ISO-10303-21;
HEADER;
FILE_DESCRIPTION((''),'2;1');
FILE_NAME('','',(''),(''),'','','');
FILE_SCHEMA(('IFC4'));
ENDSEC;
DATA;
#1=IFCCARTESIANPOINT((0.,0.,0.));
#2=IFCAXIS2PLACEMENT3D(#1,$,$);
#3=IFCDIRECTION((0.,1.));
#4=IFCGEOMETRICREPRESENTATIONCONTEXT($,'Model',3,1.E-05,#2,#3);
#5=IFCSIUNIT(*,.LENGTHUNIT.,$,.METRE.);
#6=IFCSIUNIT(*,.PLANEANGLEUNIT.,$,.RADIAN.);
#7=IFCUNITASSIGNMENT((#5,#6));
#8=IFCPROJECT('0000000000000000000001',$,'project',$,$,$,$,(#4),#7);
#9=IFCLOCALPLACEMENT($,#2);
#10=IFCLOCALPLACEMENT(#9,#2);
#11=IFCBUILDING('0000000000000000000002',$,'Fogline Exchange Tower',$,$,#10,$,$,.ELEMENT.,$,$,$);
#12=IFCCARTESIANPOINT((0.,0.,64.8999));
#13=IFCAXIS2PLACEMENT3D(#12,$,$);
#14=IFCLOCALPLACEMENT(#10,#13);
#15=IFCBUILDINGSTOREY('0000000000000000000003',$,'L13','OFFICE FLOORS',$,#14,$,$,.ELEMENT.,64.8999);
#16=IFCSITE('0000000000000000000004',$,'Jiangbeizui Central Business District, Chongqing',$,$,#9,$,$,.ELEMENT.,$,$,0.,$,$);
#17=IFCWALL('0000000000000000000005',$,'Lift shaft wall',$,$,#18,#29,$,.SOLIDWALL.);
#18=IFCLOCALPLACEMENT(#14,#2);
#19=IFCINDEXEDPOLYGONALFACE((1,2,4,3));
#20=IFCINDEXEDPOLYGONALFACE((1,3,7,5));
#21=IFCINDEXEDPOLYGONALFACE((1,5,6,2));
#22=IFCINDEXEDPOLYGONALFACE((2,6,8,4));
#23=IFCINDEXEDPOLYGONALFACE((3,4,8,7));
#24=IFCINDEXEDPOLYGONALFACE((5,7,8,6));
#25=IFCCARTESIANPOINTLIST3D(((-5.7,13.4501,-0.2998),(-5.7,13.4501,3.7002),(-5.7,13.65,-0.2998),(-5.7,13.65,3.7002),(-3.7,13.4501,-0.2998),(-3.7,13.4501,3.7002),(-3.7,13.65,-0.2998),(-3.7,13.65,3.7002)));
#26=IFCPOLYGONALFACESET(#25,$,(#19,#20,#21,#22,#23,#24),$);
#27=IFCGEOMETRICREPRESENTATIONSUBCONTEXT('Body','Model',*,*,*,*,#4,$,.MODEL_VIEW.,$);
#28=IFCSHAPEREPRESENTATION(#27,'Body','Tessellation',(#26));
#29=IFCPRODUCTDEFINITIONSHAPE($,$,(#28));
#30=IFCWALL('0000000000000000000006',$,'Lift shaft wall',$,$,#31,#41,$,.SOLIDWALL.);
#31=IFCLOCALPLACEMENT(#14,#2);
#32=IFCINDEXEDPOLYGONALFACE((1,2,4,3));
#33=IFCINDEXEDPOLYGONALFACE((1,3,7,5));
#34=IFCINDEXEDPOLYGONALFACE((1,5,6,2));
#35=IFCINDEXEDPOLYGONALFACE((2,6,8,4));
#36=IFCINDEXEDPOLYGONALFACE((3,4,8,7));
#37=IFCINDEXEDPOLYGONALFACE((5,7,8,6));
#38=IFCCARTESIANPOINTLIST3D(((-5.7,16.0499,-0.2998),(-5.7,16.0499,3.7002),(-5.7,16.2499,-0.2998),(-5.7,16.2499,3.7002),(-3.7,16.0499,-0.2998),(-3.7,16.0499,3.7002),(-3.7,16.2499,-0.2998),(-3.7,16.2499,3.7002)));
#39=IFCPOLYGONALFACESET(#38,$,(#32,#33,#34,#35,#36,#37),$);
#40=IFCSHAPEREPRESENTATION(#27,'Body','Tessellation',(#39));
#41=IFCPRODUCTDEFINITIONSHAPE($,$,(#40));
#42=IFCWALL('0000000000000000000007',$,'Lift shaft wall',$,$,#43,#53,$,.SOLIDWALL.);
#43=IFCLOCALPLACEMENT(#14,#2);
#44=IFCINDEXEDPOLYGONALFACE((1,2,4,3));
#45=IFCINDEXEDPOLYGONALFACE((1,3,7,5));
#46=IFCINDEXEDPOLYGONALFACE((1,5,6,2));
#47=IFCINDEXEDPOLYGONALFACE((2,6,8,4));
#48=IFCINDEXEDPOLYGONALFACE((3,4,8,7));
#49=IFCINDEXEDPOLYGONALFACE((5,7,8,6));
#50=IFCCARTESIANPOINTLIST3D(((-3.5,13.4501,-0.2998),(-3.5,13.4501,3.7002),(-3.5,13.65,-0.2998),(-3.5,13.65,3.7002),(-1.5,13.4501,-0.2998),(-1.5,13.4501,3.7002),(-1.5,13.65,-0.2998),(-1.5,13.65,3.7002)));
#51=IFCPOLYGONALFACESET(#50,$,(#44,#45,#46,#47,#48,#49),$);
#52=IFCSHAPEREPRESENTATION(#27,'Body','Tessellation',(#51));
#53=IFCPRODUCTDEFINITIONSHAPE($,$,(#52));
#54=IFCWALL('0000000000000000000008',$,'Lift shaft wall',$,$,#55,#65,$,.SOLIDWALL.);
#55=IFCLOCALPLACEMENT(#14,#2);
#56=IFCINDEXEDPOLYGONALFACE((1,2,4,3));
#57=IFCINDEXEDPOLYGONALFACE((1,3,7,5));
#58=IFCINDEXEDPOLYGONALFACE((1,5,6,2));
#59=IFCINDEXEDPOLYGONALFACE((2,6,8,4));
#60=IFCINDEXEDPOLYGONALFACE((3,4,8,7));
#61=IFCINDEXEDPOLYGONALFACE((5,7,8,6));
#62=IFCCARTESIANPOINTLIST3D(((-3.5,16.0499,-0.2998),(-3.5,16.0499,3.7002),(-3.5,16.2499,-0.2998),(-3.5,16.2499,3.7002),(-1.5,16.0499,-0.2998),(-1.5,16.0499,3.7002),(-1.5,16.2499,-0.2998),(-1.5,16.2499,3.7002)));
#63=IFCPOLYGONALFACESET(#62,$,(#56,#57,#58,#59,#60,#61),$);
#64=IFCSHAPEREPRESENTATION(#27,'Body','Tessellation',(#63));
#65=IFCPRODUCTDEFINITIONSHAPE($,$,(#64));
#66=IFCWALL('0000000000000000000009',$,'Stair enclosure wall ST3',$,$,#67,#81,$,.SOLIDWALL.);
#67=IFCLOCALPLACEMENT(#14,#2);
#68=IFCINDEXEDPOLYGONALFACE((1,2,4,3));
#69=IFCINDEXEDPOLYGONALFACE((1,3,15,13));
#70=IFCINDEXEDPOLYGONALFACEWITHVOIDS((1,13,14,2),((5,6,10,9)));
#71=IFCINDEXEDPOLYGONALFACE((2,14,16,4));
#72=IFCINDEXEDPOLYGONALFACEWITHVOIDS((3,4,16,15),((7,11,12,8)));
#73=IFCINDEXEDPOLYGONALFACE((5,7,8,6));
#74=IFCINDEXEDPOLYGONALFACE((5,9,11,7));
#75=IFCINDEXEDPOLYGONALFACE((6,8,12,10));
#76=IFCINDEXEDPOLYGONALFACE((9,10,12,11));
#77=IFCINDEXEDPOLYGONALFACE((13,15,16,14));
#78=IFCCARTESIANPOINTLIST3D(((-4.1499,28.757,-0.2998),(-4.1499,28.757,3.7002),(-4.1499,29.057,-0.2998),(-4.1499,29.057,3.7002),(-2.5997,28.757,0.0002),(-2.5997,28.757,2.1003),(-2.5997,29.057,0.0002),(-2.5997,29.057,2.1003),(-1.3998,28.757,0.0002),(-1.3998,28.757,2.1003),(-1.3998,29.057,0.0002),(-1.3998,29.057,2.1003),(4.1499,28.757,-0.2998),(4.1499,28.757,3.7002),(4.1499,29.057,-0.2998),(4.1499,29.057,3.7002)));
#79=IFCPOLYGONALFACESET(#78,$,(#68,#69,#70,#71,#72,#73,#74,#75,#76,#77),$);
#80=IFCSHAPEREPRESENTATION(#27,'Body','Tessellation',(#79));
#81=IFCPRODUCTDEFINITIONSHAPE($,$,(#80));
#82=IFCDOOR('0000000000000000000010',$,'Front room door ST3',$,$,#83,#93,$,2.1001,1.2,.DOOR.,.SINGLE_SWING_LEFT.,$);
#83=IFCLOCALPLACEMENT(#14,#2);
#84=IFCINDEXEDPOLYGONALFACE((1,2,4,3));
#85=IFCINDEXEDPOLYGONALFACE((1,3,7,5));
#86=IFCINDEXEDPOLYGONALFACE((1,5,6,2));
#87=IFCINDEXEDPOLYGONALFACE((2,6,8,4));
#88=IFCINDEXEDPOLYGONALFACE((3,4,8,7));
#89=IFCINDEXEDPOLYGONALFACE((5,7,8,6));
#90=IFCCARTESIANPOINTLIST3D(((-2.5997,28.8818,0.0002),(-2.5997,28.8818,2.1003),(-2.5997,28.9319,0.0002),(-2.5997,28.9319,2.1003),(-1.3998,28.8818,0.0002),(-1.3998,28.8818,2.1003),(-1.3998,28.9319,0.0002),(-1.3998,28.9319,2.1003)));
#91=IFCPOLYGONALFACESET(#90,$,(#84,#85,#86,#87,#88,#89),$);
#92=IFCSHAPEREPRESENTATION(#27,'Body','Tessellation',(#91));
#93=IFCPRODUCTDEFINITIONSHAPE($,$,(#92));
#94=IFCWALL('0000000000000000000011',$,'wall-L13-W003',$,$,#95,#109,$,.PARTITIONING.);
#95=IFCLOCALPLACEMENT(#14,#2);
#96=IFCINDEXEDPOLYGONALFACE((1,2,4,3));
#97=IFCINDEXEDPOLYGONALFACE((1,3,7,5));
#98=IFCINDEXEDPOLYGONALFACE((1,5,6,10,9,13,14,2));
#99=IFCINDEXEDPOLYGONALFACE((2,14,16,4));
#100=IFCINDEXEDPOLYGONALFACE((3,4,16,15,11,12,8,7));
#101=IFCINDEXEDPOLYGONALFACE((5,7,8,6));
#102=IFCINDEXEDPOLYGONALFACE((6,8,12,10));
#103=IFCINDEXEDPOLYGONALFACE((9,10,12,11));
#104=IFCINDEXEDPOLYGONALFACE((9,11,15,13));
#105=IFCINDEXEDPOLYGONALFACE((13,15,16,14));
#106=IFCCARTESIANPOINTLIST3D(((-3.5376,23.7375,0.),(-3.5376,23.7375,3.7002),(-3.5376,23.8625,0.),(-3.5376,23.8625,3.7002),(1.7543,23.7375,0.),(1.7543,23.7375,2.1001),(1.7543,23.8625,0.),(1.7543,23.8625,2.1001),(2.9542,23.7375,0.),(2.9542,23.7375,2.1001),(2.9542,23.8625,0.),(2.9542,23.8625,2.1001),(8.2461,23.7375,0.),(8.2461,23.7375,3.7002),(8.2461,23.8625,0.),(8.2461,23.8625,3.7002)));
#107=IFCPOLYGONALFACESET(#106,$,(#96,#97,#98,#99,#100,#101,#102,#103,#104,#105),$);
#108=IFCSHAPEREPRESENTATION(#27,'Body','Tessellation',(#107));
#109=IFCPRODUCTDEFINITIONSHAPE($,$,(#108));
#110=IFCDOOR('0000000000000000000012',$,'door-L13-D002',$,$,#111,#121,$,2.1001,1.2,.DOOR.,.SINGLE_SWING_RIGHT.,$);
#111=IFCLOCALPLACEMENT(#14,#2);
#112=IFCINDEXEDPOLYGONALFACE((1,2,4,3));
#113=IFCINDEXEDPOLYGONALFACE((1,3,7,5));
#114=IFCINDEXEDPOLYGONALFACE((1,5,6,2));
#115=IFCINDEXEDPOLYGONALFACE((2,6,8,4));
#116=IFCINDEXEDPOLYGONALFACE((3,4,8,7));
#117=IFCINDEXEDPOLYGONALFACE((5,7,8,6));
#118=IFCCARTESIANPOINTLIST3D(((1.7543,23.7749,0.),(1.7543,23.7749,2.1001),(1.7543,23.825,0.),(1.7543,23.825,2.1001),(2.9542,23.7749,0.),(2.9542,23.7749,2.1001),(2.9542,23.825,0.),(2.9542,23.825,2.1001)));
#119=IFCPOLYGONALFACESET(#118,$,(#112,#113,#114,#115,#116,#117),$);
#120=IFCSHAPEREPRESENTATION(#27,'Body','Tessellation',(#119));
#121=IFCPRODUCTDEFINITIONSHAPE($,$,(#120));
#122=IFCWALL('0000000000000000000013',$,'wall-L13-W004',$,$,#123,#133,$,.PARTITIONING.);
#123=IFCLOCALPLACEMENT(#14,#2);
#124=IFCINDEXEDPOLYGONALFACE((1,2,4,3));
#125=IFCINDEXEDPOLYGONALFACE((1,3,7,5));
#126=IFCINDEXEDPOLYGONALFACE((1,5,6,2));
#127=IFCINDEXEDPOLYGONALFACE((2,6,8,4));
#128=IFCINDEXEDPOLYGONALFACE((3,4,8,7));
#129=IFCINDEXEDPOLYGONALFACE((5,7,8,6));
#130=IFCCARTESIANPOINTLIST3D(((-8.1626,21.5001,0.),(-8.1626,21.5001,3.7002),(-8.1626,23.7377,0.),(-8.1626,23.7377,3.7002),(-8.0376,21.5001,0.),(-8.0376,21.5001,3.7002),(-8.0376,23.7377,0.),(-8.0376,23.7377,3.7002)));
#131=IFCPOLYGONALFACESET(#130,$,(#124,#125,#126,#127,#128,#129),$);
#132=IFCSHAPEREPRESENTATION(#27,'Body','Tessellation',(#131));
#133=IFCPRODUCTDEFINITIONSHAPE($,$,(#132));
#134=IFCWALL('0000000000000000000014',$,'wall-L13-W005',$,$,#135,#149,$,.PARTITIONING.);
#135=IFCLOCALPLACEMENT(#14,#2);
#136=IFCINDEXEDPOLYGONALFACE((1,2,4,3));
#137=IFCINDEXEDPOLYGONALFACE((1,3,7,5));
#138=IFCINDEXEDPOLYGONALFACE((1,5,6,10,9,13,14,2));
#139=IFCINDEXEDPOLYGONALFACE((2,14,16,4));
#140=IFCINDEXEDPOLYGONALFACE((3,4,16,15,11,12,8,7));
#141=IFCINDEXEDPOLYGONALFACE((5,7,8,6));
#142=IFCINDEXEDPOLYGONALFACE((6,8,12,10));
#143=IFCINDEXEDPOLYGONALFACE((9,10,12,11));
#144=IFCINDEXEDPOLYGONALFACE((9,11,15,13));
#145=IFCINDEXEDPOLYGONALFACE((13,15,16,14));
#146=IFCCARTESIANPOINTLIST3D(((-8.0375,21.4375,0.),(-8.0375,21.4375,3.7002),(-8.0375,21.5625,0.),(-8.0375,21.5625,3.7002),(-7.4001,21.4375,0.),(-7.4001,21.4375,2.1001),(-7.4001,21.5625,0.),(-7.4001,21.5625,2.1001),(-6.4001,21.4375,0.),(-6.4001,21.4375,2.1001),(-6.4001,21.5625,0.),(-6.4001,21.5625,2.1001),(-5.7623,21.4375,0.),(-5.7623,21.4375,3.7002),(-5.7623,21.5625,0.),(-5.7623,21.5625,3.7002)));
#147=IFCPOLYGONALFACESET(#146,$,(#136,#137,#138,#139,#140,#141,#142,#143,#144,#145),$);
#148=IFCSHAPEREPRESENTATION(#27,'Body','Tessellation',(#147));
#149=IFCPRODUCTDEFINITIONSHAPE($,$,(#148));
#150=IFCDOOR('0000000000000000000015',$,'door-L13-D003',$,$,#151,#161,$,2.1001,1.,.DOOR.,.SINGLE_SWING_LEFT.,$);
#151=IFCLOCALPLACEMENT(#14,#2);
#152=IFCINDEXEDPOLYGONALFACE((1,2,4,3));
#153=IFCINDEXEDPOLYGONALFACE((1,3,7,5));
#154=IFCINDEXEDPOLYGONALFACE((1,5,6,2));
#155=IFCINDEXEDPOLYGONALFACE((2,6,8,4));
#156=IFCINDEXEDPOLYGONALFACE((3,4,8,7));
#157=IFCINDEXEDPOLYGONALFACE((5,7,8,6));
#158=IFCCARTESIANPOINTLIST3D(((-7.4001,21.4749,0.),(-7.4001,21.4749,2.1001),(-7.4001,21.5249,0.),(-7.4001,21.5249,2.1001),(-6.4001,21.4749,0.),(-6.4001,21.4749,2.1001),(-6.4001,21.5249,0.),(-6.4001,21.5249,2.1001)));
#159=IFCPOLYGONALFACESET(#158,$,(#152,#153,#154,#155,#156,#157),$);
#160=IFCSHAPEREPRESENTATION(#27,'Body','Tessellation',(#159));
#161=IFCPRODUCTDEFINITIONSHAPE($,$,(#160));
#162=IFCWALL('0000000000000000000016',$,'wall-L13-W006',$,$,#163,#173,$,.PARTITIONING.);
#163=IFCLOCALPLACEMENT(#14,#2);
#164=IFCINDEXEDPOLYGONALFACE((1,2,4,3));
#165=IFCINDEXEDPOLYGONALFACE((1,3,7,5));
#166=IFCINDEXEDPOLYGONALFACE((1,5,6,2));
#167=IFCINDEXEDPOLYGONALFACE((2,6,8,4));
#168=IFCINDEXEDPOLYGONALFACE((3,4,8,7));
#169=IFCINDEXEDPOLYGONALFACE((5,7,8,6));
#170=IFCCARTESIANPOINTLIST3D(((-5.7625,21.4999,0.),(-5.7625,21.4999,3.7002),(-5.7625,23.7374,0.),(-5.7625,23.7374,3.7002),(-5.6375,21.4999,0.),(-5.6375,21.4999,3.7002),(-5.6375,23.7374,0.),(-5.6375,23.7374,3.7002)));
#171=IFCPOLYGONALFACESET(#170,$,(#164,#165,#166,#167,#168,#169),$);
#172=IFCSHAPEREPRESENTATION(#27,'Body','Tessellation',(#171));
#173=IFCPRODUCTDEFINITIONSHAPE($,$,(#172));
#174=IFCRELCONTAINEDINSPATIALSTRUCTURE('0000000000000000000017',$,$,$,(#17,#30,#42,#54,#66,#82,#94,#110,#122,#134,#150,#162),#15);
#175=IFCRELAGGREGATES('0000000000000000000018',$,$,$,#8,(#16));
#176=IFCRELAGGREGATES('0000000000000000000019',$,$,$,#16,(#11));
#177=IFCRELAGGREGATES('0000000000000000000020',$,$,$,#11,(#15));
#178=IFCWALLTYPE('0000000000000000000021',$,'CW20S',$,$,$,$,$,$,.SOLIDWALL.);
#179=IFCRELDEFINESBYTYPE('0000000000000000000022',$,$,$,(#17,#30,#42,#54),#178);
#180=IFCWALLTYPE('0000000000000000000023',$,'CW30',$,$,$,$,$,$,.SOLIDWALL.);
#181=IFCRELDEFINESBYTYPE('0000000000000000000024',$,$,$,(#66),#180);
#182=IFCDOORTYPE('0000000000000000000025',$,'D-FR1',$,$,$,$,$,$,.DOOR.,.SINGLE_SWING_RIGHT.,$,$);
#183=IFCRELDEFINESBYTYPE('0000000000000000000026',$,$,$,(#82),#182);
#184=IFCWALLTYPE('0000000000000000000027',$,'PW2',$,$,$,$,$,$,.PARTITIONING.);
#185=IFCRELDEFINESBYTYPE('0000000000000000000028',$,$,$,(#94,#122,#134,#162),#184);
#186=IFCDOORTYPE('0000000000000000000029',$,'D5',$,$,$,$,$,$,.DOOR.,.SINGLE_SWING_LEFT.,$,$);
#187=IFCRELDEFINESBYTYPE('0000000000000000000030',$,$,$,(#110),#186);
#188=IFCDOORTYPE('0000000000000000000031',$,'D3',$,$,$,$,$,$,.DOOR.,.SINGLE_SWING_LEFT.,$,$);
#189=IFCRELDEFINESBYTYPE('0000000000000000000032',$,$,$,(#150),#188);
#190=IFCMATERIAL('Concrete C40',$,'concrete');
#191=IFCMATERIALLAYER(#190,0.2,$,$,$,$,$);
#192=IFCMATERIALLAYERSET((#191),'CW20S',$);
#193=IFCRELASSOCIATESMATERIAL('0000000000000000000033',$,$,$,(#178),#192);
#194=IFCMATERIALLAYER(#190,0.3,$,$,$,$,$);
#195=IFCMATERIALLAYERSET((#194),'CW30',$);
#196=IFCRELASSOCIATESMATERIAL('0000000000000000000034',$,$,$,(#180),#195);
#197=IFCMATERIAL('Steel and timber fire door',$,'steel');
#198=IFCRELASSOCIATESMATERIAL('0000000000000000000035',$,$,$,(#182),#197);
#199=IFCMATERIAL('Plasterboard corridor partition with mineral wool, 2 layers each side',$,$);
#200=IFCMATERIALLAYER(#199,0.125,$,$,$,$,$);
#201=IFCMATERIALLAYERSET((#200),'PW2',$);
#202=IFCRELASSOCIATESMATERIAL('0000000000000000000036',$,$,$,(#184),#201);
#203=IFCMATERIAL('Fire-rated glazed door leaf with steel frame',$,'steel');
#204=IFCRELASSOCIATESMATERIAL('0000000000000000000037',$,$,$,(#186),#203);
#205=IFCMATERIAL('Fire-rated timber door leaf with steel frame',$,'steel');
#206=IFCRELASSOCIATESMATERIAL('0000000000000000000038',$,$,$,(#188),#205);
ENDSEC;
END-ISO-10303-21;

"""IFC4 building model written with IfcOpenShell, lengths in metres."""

from ifc_helpers import new_model, si_unit, direction, frame, frame_2d, origin, place, context, subcontext, project, spatial, rectangle, extrude, material, layer, layer_set, type_object, element, fill, save


model = new_model("IFC4")

# Units and contexts
model_context = context("Model", 3, precision=1e-05, world=origin(), true_north=direction((0.0, 1.0)))
body_context = subcontext(model_context, "Body", "Model", "MODEL_VIEW")
ifc_project = project(units=[si_unit("LENGTHUNIT", "METRE"), si_unit("PLANEANGLEUNIT", "RADIAN")], contexts=[model_context])

# Site, building, storey
site_placement = place(None, origin())
site = spatial("IfcSite", under=ifc_project, at=site_placement, Name="Jiangbeizui Central Business District, Chongqing", CompositionType="ELEMENT", RefElevation=0.0)
building_placement = place(site_placement, origin())
building = spatial("IfcBuilding", under=site, at=building_placement, Name="Fogline Exchange Tower", CompositionType="ELEMENT")
storey_placement = place(building_placement, frame((0.0, 0.0, 64.8999)))
storey = spatial("IfcBuildingStorey", under=building, at=storey_placement, Name="L13", Description="OFFICE FLOORS", CompositionType="ELEMENT", Elevation=64.8999)

# Shared definitions
ifc_material_1 = material(Name="Concrete C40", Category="concrete")

# Walls
ifc_layer_1 = layer(ifc_material_1, 0.2)
ifc_layer_set_1 = layer_set([ifc_layer_1], Name="CW20S")
wall_type_1 = type_object("IfcWallType", Name="CW20S", PredefinedType="SOLIDWALL", material=ifc_layer_set_1)
for number, where, z_axis, x_axis, name in (
    (1, (-5.7, 13.55, -0.2998), (0.0, 0.0, 1.0), (1.0, 0.0, 0.0), "Lift shaft wall"),
    (2, (-5.7, 16.1499, -0.2998), (0.0, 0.0, 1.0), (1.0, 0.0, 0.0), "Lift shaft wall"),
    (3, (-3.5, 13.55, -0.2998), (0.0, 0.0, 1.0), (1.0, 0.0, 0.0), "Lift shaft wall"),
    (4, (-3.5, 16.1499, -0.2998), (0.0, 0.0, 1.0), (1.0, 0.0, 0.0), "Lift shaft wall"),
):
    element("IfcWall", number, at=place(storey_placement, frame(where, z_axis=z_axis, x_axis=x_axis)), inside=storey, type_object=wall_type_1, Name=name, PredefinedType="SOLIDWALL", context=body_context, shape_type="SweptSolid", body=[
        extrude(rectangle(XDim=2.0, YDim=0.2, at=frame_2d((1.0, 0.0))), origin(), (0.0, 0.0, 1.0), 4.0),
    ])

# Walls, openings, doors
ifc_layer_2 = layer(ifc_material_1, 0.3)
ifc_layer_set_2 = layer_set([ifc_layer_2], Name="CW30")
wall_type_2 = type_object("IfcWallType", Name="CW30", PredefinedType="SOLIDWALL", material=ifc_layer_set_2)
wall_1_placement = place(storey_placement, frame((-4.1499, 28.907, -0.2998), z_axis=(0.0, 0.0, 1.0), x_axis=(1.0, 0.0, 0.0)))
wall_1 = element("IfcWall", 5, at=wall_1_placement, inside=storey, type_object=wall_type_2, Name="Stair enclosure wall ST3", PredefinedType="SOLIDWALL", context=body_context, shape_type="SweptSolid", body=[
    extrude(rectangle(XDim=8.2998, YDim=0.3, at=frame_2d((4.1499, 0.0))), origin(), (0.0, 0.0, 1.0), 4.0),
])
opening_1_placement = place(wall_1_placement, frame((1.55, 0.0, 0.3)))
opening_1 = element("IfcOpeningElement", 6, at=opening_1_placement, cuts=wall_1, PredefinedType="OPENING", context=body_context, shape_type="SweptSolid", body=[
    extrude(rectangle(XDim=1.2, YDim=2.1001, at=frame_2d((0.6001, 1.05))), frame((0.0, 0.1602, 0.0), z_axis=(0.0, -1.0, 0.0), x_axis=(1.0, 0.0, 0.0)), (0.0, 0.0, 1.0), 0.3201),
])
ifc_material_2 = material(Name="Steel and timber fire door", Category="steel")
door_type_1 = type_object("IfcDoorType", Name="D-FR1", OperationType="SINGLE_SWING_RIGHT", PredefinedType="DOOR", material=ifc_material_2)
door_1_placement = place(opening_1_placement, origin())
door_1 = element("IfcDoor", 7, at=door_1_placement, inside=storey, type_object=door_type_1, Name="Front room door ST3", OperationType="SINGLE_SWING_LEFT", OverallHeight=2.1001, OverallWidth=1.2, PredefinedType="DOOR", context=body_context, shape_type="SweptSolid", body=[
    extrude(rectangle(XDim=1.2, YDim=2.1001, at=frame_2d((0.6001, 1.05))), frame((0.0, 0.0249, 0.0), z_axis=(0.0, -1.0, 0.0), x_axis=(1.0, 0.0, 0.0)), (0.0, 0.0, 1.0), 0.05),
])
fill(opening_1, door_1)
ifc_material_3 = material(Name="Plasterboard corridor partition with mineral wool, 2 layers each side")
ifc_layer_3 = layer(ifc_material_3, 0.125)
ifc_layer_set_3 = layer_set([ifc_layer_3], Name="PW2")
wall_type_3 = type_object("IfcWallType", Name="PW2", PredefinedType="PARTITIONING", material=ifc_layer_set_3)
wall_2_placement = place(storey_placement, frame((-3.5376, 23.8, 0.0), z_axis=(0.0, 0.0, 1.0), x_axis=(1.0, 0.0, 0.0)))
wall_2 = element("IfcWall", 8, at=wall_2_placement, inside=storey, type_object=wall_type_3, Name="wall-L13-W003", PredefinedType="PARTITIONING", context=body_context, shape_type="SweptSolid", body=[
    extrude(rectangle(XDim=11.7837, YDim=0.125, at=frame_2d((5.8918, 0.0))), origin(), (0.0, 0.0, 1.0), 3.7002),
])
opening_2_placement = place(wall_2_placement, frame((5.2917, 0.0, 0.0)))
opening_2 = element("IfcOpeningElement", 9, at=opening_2_placement, cuts=wall_2, PredefinedType="OPENING", context=body_context, shape_type="SweptSolid", body=[
    extrude(rectangle(XDim=1.2, YDim=2.1001, at=frame_2d((0.6001, 1.05))), frame((0.0, 0.0725, 0.0), z_axis=(0.0, -1.0, 0.0), x_axis=(1.0, 0.0, 0.0)), (0.0, 0.0, 1.0), 0.145),
])
ifc_material_4 = material(Name="Fire-rated glazed door leaf with steel frame", Category="steel")
door_type_2 = type_object("IfcDoorType", Name="D5", OperationType="SINGLE_SWING_LEFT", PredefinedType="DOOR", material=ifc_material_4)
door_2_placement = place(opening_2_placement, origin())
door_2 = element("IfcDoor", 10, at=door_2_placement, inside=storey, type_object=door_type_2, Name="door-L13-D002", OperationType="SINGLE_SWING_RIGHT", OverallHeight=2.1001, OverallWidth=1.2, PredefinedType="DOOR", context=body_context, shape_type="SweptSolid", body=[
    extrude(rectangle(XDim=1.2, YDim=2.1001, at=frame_2d((0.6001, 1.05))), frame((0.0, 0.0249, 0.0), z_axis=(0.0, -1.0, 0.0), x_axis=(1.0, 0.0, 0.0)), (0.0, 0.0, 1.0), 0.05),
])
fill(opening_2, door_2)

# Wall
wall_3_placement = place(storey_placement, frame((-8.1001, 23.7375, 0.0), z_axis=(0.0, 0.0, 1.0), x_axis=(0.0, -1.0, 0.0)))
element("IfcWall", 11, at=wall_3_placement, inside=storey, type_object=wall_type_3, Name="wall-L13-W004", PredefinedType="PARTITIONING", context=body_context, shape_type="SweptSolid", body=[
    extrude(rectangle(XDim=2.2375, YDim=0.125, at=frame_2d((1.1187, 0.0))), origin(), (0.0, 0.0, 1.0), 3.7002),
])

# Wall, opening, door
wall_4_placement = place(storey_placement, frame((-8.0376, 21.5, 0.0), z_axis=(0.0, 0.0, 1.0), x_axis=(1.0, 0.0, 0.0)))
wall_4 = element("IfcWall", 12, at=wall_4_placement, inside=storey, type_object=wall_type_3, Name="wall-L13-W005", PredefinedType="PARTITIONING", context=body_context, shape_type="SweptSolid", body=[
    extrude(rectangle(XDim=2.2751, YDim=0.125, at=frame_2d((1.1377, 0.0))), origin(), (0.0, 0.0, 1.0), 3.7002),
])
opening_3_placement = place(wall_4_placement, frame((0.6375, 0.0, 0.0)))
opening_3 = element("IfcOpeningElement", 13, at=opening_3_placement, cuts=wall_4, PredefinedType="OPENING", context=body_context, shape_type="SweptSolid", body=[
    extrude(rectangle(XDim=1.0, YDim=2.1001, at=frame_2d((0.5, 1.05))), frame((0.0, 0.0725, 0.0), z_axis=(0.0, -1.0, 0.0), x_axis=(1.0, 0.0, 0.0)), (0.0, 0.0, 1.0), 0.145),
])
ifc_material_5 = material(Name="Fire-rated timber door leaf with steel frame", Category="steel")
door_type_3 = type_object("IfcDoorType", Name="D3", OperationType="SINGLE_SWING_LEFT", PredefinedType="DOOR", material=ifc_material_5)
door_3_placement = place(opening_3_placement, origin())
door_3 = element("IfcDoor", 14, at=door_3_placement, inside=storey, type_object=door_type_3, Name="door-L13-D003", OperationType="SINGLE_SWING_LEFT", OverallHeight=2.1001, OverallWidth=1.0, PredefinedType="DOOR", context=body_context, shape_type="SweptSolid", body=[
    extrude(rectangle(XDim=1.0, YDim=2.1001, at=frame_2d((0.5, 1.05))), frame((0.0, 0.0249, 0.0), z_axis=(0.0, -1.0, 0.0), x_axis=(1.0, 0.0, 0.0)), (0.0, 0.0, 1.0), 0.05),
])
fill(opening_3, door_3)

# Wall
wall_5_placement = place(storey_placement, frame((-5.7, 21.5, 0.0), z_axis=(0.0, 0.0, 1.0), x_axis=(0.0, 1.0, 0.0)))
element("IfcWall", 15, at=wall_5_placement, inside=storey, type_object=wall_type_3, Name="wall-L13-W006", PredefinedType="PARTITIONING", context=body_context, shape_type="SweptSolid", body=[
    extrude(rectangle(XDim=2.2375, YDim=0.125, at=frame_2d((1.1187, 0.0))), origin(), (0.0, 0.0, 1.0), 3.7002),
])

save(model, "model.ifc")
